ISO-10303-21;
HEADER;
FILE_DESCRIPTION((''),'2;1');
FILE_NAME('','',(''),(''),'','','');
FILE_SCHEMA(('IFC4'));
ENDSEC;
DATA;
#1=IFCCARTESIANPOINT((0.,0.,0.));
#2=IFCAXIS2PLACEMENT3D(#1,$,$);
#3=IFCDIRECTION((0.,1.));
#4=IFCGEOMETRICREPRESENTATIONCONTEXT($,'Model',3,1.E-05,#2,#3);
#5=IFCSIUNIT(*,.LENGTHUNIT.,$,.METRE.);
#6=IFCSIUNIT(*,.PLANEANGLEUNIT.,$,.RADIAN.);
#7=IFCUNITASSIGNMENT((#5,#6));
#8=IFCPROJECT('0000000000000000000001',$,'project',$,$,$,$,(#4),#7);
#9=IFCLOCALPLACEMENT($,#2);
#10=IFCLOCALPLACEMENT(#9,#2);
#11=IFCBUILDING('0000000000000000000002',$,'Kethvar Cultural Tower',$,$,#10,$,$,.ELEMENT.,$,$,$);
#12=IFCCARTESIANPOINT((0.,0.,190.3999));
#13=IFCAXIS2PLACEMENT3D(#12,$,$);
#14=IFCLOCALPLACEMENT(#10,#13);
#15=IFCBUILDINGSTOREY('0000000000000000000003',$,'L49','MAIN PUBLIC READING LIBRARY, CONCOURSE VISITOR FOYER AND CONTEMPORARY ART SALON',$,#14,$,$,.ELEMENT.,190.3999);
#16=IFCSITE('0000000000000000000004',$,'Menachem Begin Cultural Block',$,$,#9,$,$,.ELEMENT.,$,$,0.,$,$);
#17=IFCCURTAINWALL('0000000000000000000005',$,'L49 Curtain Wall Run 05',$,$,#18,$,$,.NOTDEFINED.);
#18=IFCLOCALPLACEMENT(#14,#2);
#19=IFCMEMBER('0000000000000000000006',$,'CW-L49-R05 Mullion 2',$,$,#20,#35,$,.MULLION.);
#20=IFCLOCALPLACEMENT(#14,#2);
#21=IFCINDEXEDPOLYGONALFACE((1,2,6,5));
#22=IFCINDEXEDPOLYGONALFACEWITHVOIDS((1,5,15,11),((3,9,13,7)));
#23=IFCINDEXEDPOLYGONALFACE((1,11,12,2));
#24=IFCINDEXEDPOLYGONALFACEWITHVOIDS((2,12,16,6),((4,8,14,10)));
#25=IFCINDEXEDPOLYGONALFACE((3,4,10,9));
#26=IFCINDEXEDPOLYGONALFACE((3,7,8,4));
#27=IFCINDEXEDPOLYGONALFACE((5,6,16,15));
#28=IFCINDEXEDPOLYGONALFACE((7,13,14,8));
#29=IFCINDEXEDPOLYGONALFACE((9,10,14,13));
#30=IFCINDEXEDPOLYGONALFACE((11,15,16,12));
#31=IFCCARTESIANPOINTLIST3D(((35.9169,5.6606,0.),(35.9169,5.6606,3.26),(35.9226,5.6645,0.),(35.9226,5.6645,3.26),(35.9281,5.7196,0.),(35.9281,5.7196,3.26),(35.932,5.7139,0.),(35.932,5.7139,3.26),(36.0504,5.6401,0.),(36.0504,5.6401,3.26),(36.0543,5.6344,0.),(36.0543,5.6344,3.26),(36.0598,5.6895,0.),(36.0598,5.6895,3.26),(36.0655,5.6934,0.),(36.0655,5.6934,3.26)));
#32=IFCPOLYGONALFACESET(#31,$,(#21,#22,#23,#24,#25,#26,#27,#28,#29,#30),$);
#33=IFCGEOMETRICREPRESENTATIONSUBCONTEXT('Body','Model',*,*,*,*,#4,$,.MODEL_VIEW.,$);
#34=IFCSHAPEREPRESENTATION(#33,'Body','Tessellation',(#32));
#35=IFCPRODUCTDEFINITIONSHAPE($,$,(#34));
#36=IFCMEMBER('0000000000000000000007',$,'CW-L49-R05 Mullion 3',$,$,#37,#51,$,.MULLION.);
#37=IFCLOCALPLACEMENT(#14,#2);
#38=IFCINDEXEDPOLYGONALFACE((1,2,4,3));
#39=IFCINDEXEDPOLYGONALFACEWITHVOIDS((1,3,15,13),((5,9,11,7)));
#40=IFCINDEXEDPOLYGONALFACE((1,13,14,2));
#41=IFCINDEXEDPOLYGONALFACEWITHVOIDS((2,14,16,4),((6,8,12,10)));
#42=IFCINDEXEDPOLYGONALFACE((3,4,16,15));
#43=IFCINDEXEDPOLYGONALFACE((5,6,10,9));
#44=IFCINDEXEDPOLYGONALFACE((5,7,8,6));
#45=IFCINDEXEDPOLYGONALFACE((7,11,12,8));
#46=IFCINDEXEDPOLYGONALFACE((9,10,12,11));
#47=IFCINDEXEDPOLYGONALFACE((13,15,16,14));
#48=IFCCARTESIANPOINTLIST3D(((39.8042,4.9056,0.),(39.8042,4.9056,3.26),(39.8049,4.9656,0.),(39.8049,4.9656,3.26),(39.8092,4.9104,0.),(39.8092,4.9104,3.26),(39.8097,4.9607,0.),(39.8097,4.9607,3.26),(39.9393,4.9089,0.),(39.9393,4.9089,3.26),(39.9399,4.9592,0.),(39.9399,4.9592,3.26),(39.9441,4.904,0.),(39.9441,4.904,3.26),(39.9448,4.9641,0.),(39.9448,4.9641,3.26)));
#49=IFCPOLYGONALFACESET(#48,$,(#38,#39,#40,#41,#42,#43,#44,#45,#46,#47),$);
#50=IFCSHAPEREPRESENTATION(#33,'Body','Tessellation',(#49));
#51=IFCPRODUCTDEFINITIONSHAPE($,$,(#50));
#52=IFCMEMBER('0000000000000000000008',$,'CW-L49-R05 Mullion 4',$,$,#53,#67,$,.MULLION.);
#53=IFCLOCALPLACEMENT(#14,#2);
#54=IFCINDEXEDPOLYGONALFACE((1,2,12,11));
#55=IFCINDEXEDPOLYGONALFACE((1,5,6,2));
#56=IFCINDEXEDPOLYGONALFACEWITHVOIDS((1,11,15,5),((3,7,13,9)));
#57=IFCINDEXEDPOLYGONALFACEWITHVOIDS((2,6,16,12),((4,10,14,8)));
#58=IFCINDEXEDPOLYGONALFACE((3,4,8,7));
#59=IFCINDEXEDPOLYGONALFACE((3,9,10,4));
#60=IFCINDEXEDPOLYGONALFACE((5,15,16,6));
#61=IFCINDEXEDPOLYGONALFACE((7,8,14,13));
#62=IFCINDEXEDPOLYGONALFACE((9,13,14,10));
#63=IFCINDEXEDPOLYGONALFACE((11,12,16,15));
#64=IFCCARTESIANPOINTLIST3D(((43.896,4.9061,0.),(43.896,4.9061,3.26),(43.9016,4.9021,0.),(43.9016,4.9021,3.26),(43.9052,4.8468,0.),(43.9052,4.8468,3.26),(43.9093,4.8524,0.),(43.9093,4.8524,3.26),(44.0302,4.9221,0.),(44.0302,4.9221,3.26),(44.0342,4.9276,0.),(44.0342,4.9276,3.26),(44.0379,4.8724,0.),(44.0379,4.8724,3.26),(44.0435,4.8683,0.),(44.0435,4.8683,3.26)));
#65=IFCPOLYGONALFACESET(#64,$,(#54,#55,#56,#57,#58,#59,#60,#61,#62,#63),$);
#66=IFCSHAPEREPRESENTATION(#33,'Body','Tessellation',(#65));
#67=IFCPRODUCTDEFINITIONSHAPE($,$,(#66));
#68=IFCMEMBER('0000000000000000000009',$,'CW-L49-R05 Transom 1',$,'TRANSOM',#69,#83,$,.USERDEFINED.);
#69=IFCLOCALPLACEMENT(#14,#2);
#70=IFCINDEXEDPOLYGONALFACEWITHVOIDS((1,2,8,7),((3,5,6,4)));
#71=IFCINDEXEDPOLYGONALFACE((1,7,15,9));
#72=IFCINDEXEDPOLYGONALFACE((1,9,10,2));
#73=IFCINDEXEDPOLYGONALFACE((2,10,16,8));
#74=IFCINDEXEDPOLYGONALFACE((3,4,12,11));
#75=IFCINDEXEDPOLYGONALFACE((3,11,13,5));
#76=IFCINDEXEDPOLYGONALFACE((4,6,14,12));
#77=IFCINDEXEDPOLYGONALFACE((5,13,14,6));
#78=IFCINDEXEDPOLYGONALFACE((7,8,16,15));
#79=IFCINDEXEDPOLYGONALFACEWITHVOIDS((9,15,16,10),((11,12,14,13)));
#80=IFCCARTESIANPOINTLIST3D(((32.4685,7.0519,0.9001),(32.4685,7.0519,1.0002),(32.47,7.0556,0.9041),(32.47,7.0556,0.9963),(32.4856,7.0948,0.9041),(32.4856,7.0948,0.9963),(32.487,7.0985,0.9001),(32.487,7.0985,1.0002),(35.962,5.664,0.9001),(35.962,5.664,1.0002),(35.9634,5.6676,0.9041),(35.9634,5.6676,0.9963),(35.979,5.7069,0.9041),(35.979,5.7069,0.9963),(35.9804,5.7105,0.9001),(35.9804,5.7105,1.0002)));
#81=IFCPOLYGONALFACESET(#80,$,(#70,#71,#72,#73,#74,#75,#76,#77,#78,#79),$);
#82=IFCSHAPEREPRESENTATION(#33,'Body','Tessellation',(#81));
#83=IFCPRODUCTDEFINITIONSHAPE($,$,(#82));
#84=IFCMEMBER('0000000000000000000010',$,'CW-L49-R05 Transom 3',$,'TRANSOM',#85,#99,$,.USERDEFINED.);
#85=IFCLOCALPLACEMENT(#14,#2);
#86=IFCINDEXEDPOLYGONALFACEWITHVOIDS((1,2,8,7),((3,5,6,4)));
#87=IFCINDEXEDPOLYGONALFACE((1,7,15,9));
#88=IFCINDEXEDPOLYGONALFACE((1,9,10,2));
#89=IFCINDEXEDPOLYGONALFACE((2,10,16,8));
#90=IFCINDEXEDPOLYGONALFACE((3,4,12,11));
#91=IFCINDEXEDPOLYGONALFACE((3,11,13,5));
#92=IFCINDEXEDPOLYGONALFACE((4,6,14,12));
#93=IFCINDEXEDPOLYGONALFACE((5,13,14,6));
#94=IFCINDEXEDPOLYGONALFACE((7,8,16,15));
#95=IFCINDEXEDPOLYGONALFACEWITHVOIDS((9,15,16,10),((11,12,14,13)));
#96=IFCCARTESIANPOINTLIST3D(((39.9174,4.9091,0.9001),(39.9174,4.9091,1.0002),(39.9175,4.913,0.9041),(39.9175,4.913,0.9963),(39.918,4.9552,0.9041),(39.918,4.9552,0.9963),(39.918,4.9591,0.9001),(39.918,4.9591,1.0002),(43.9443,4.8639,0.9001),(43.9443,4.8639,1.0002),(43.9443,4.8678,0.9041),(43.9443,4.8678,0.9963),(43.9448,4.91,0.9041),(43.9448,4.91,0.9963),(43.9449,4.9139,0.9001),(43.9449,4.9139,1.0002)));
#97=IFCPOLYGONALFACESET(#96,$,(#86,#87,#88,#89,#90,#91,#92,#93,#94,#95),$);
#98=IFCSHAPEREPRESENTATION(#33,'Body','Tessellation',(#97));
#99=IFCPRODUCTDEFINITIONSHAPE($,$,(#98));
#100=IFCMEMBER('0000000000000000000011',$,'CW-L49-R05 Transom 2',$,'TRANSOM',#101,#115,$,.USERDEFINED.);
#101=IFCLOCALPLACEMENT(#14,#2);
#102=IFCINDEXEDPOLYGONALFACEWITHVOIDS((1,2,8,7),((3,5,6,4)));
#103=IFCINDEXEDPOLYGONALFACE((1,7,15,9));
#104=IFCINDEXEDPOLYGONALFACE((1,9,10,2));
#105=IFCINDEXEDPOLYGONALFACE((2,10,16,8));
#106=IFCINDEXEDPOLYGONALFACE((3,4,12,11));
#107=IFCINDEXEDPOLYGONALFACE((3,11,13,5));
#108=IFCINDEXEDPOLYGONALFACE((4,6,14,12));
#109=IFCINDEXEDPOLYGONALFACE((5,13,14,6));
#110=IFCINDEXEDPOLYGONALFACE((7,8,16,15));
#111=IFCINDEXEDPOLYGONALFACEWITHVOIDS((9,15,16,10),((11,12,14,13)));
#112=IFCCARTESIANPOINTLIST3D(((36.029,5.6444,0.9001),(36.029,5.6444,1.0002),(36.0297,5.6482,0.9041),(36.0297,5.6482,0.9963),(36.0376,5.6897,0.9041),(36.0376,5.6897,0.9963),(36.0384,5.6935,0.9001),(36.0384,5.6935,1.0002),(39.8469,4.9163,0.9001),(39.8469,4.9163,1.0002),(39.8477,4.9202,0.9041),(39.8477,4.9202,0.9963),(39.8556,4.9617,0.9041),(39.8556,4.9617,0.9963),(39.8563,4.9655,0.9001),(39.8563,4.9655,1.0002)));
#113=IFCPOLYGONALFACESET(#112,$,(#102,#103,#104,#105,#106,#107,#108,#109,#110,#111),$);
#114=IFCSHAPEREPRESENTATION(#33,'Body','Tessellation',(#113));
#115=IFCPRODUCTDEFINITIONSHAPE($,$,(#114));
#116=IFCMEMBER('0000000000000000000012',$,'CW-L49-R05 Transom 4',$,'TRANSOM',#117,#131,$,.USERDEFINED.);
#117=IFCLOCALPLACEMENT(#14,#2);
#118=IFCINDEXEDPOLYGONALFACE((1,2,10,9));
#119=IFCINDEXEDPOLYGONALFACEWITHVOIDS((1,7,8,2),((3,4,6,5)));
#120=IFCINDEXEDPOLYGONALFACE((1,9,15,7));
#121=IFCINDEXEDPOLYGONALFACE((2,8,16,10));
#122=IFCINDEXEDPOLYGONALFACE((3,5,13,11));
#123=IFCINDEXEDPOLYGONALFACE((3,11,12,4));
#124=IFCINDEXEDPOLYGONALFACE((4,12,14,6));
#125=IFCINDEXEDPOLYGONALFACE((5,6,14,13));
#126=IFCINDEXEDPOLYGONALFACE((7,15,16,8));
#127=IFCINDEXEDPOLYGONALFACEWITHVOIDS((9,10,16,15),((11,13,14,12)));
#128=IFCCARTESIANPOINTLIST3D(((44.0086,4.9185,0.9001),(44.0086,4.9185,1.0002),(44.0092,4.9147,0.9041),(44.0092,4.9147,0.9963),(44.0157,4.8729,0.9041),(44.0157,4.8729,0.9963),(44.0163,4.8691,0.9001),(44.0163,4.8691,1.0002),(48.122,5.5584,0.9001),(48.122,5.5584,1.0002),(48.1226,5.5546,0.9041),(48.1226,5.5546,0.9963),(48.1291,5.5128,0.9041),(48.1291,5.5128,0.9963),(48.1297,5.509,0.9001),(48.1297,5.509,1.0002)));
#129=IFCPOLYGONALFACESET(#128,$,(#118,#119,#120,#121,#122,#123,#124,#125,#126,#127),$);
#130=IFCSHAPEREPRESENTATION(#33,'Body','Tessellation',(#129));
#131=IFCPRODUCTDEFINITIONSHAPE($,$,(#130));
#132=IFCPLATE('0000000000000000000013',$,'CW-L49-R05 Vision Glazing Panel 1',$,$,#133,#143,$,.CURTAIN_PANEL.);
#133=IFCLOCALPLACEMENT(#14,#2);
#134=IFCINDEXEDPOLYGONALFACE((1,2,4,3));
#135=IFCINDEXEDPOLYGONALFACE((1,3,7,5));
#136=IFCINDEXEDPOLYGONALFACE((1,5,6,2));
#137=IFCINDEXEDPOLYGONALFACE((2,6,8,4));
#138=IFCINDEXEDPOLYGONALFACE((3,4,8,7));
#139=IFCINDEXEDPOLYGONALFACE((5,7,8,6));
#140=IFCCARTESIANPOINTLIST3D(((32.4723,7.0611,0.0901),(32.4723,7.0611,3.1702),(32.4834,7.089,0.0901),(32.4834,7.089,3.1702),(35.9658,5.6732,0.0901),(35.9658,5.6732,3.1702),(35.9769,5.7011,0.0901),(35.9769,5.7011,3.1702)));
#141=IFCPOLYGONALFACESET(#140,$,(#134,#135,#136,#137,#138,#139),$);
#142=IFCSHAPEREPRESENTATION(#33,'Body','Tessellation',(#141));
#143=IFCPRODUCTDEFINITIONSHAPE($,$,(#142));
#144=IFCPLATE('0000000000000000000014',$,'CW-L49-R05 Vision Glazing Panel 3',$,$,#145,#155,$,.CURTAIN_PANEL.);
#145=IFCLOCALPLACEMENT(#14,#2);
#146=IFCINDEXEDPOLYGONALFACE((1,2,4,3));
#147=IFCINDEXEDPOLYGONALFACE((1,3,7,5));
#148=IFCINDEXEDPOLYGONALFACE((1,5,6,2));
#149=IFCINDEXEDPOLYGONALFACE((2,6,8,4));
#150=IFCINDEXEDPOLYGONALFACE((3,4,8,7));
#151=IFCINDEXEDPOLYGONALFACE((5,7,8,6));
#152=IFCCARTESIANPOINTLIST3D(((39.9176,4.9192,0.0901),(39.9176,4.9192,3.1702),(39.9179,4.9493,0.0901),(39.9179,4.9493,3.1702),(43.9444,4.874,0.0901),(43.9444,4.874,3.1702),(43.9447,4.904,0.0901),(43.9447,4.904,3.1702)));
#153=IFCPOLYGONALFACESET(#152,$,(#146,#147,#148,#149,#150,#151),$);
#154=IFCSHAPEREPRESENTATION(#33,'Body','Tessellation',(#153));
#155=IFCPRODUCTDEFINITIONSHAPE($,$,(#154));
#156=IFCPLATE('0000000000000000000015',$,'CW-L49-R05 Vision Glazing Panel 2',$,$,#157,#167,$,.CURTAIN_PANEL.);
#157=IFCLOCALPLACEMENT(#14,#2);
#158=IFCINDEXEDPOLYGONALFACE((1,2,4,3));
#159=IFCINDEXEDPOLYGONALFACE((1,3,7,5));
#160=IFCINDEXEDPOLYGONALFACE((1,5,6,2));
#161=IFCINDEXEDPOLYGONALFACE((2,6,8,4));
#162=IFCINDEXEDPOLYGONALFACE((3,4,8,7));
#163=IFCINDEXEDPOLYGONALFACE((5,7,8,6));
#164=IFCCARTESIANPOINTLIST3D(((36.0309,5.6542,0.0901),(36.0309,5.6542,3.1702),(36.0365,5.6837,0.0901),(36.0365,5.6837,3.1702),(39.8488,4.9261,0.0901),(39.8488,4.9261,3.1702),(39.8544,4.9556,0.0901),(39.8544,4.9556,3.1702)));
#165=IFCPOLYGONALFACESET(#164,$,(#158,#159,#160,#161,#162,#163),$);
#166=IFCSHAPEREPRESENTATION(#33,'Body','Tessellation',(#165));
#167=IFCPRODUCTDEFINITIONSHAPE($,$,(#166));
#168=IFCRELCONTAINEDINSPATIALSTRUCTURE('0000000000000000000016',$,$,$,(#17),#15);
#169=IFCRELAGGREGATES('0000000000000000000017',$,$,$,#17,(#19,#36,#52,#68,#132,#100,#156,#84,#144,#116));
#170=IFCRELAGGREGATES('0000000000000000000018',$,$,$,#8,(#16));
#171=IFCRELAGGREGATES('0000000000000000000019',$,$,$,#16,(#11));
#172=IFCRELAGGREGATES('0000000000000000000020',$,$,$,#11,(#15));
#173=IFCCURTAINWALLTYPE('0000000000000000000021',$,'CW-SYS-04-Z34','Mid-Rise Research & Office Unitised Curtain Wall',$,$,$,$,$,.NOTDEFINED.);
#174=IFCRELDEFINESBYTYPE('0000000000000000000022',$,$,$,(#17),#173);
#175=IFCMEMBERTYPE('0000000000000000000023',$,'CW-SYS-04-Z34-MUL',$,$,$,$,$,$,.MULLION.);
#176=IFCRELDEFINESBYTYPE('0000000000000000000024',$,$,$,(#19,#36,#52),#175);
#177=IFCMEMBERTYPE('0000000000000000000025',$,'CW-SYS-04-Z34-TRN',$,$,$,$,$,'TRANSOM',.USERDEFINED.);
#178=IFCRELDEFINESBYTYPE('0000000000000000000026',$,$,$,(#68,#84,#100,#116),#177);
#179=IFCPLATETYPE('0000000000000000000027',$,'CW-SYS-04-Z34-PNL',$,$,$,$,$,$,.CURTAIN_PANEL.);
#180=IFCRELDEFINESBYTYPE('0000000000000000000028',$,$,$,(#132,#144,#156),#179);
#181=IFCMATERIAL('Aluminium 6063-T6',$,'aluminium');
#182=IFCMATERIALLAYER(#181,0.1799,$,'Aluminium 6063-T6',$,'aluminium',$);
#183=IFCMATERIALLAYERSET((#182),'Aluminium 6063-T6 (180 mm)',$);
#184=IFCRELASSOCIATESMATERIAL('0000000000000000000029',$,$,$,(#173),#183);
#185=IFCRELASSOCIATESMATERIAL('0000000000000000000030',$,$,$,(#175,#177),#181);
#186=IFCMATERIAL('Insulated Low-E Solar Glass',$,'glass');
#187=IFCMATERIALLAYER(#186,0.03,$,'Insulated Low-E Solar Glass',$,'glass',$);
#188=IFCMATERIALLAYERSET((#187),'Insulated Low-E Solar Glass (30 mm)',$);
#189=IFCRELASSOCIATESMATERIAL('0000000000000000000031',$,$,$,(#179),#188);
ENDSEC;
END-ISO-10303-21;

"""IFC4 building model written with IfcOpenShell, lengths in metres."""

from ifc_helpers import new_model, si_unit, direction, frame, origin, origin_2d, place, context, subcontext, project, spatial, rectangle, hollow_rectangle, extrude, source, transform, mapped, material, layer, layer_set, material_profile, profile_set, type_object, element, aggregate, save


model = new_model("IFC4")

# Units and contexts
model_context = context("Model", 3, precision=1e-05, world=origin(), true_north=direction((0.0, 1.0)))
body_context = subcontext(model_context, "Body", "Model", "MODEL_VIEW")
ifc_project = project(units=[si_unit("LENGTHUNIT", "METRE"), si_unit("PLANEANGLEUNIT", "RADIAN")], contexts=[model_context])

# Site, building, storey
site_placement = place(None, origin())
site = spatial("IfcSite", under=ifc_project, at=site_placement, Name="Menachem Begin Cultural Block", CompositionType="ELEMENT", RefElevation=0.0)
building_placement = place(site_placement, origin())
building = spatial("IfcBuilding", under=site, at=building_placement, Name="Kethvar Cultural Tower", CompositionType="ELEMENT")
storey_placement = place(building_placement, frame((0.0, 0.0, 190.3999)))
storey = spatial("IfcBuildingStorey", under=building, at=storey_placement, Name="L49", Description="MAIN PUBLIC READING LIBRARY, CONCOURSE VISITOR FOYER AND CONTEMPORARY ART SALON", CompositionType="ELEMENT", Elevation=190.3999)

# Shared definitions
ifc_material_1 = material(Name="Aluminium 6063-T6", Category="aluminium")
ifc_layer_1 = layer(ifc_material_1, 0.1799, Name="Aluminium 6063-T6", Category="aluminium")
ifc_layer_set_1 = layer_set([ifc_layer_1], Name="Aluminium 6063-T6 (180 mm)")
curtain_wall_type = type_object("IfcCurtainWallType", Name="CW-SYS-04-Z34", Description="Mid-Rise Research & Office Unitised Curtain Wall", PredefinedType="NOTDEFINED", material=ifc_layer_set_1)
ifc_material_profile_1 = material_profile(ifc_material_1, hollow_rectangle(XDim=0.0601, YDim=0.1399, WallThickness=0.0049, at=origin_2d()), Name="Aluminium 6063-T6 — RHS140x60x5")
ifc_profile_set_1 = profile_set([ifc_material_profile_1], Name="Aluminium 6063-T6 — RHS140x60x5")
member_type_1 = type_object("IfcMemberType", Name="CW-SYS-04-Z34-MUL", PredefinedType="MULLION", material=ifc_profile_set_1)
shared_shape_1 = source(origin(), body_context, "Body", "SweptSolid", [
    extrude(hollow_rectangle(XDim=0.0601, YDim=0.1399, WallThickness=0.0049, at=origin_2d()), origin(), (0.0, 0.0, 1.0), 3.26),
])

# Curtain wall, members, plates
curtain_wall_1_placement = place(storey_placement, origin())
curtain_wall_1 = element("IfcCurtainWall", 1, at=curtain_wall_1_placement, inside=storey, type_object=curtain_wall_type, Name="L49 Curtain Wall Run 05", PredefinedType="NOTDEFINED")
member_1_placement = place(storey_placement, frame((35.9912, 5.677, 0.0), z_axis=(0.0, 0.0, 1.0), x_axis=(0.18733, 0.982297, 0.0)))
member_1 = element("IfcMember", 2, at=member_1_placement, type_object=member_type_1, Name="CW-L49-R05 Mullion 2", PredefinedType="MULLION", context=body_context, shape_type="MappedRepresentation", body=[
    mapped(shared_shape_1, transform((0.0, 0.0, 0.0), scale=1.0)),
])
member_2_placement = place(storey_placement, frame((39.8745, 4.9348, 0.0), z_axis=(0.0, 0.0, 1.0), x_axis=(0.01124, 0.999937, 0.0)))
member_2 = element("IfcMember", 3, at=member_2_placement, type_object=member_type_1, Name="CW-L49-R05 Mullion 3", PredefinedType="MULLION", context=body_context, shape_type="MappedRepresentation", body=[
    mapped(shared_shape_1, transform((0.0, 0.0, 0.0), scale=1.0)),
])
member_3_placement = place(storey_placement, frame((43.9697, 4.8872, 0.0), z_axis=(0.0, 0.0, 1.0), x_axis=(-0.153727, 0.988113, 0.0)))
member_3 = element("IfcMember", 4, at=member_3_placement, type_object=member_type_1, Name="CW-L49-R05 Mullion 4", PredefinedType="MULLION", context=body_context, shape_type="MappedRepresentation", body=[
    mapped(shared_shape_1, transform((0.0, 0.0, 0.0), scale=1.0)),
])
ifc_material_profile_2 = material_profile(ifc_material_1, hollow_rectangle(XDim=0.05, YDim=0.1001, WallThickness=0.0039, at=origin_2d()), Name="Aluminium 6063-T6 — RHS100x50x4")
ifc_profile_set_2 = profile_set([ifc_material_profile_2], Name="Aluminium 6063-T6 — RHS100x50x4")
member_type_2 = type_object("IfcMemberType", Name="CW-SYS-04-Z34-TRN", ElementType="TRANSOM", PredefinedType="USERDEFINED", material=ifc_profile_set_2)
shared_shape_2 = source(origin(), body_context, "Body", "SweptSolid", [
    extrude(hollow_rectangle(XDim=0.05, YDim=0.1001, WallThickness=0.0039, at=origin_2d()), origin(), (0.0, 0.0, 1.0), 3.759),
])
member_4_placement = place(storey_placement, frame((32.4778, 7.0752, 0.9502), z_axis=(0.929339, -0.369228, 0.0), x_axis=(0.369228, 0.929339, 0.0)))
member_4 = element("IfcMember", 5, at=member_4_placement, type_object=member_type_2, Name="CW-L49-R05 Transom 1", ObjectType="TRANSOM", PredefinedType="USERDEFINED", context=body_context, shape_type="MappedRepresentation", body=[
    mapped(shared_shape_2, transform((0.0, 0.0, 0.0), scale=1.0)),
])
shared_shape_3 = source(origin(), body_context, "Body", "SweptSolid", [
    extrude(hollow_rectangle(XDim=0.05, YDim=0.1001, WallThickness=0.0039, at=origin_2d()), origin(), (0.0, 0.0, 1.0), 4.0271),
])
member_5_placement = place(storey_placement, frame((39.9177, 4.9341, 0.9502), z_axis=(0.999937, -0.011215, 0.0), x_axis=(0.011215, 0.999937, 0.0)))
member_5 = element("IfcMember", 6, at=member_5_placement, type_object=member_type_2, Name="CW-L49-R05 Transom 3", ObjectType="TRANSOM", PredefinedType="USERDEFINED", context=body_context, shape_type="MappedRepresentation", body=[
    mapped(shared_shape_3, transform((0.0, 0.0, 0.0), scale=1.0)),
])
shared_shape_4 = source(origin(), body_context, "Body", "SweptSolid", [
    extrude(hollow_rectangle(XDim=0.05, YDim=0.1001, WallThickness=0.0039, at=origin_2d()), origin(), (0.0, 0.0, 1.0), 3.8867),
])
member_6_placement = place(storey_placement, frame((36.0337, 5.6689, 0.9502), z_axis=(0.9823, -0.187314, 0.0), x_axis=(0.187314, 0.9823, 0.0)))
member_6 = element("IfcMember", 7, at=member_6_placement, type_object=member_type_2, Name="CW-L49-R05 Transom 2", ObjectType="TRANSOM", PredefinedType="USERDEFINED", context=body_context, shape_type="MappedRepresentation", body=[
    mapped(shared_shape_4, transform((0.0, 0.0, 0.0), scale=1.0)),
])
shared_shape_5 = source(origin(), body_context, "Body", "SweptSolid", [
    extrude(hollow_rectangle(XDim=0.05, YDim=0.1001, WallThickness=0.0039, at=origin_2d()), origin(), (0.0, 0.0, 1.0), 4.1628),
])
member_7_placement = place(storey_placement, frame((44.0125, 4.8938, 0.9502), z_axis=(0.988115, 0.153718, 0.0), x_axis=(-0.153718, 0.988115, 0.0)))
member_7 = element("IfcMember", 8, at=member_7_placement, type_object=member_type_2, Name="CW-L49-R05 Transom 4", ObjectType="TRANSOM", PredefinedType="USERDEFINED", context=body_context, shape_type="MappedRepresentation", body=[
    mapped(shared_shape_5, transform((0.0, 0.0, 0.0), scale=1.0)),
])
ifc_material_2 = material(Name="Insulated Low-E Solar Glass", Category="glass")
ifc_layer_2 = layer(ifc_material_2, 0.03, Name="Insulated Low-E Solar Glass", Category="glass")
ifc_layer_set_2 = layer_set([ifc_layer_2], Name="Insulated Low-E Solar Glass (30 mm)")
plate_type = type_object("IfcPlateType", Name="CW-SYS-04-Z34-PNL", PredefinedType="CURTAIN_PANEL", material=ifc_layer_set_2)
shared_shape_6 = source(origin(), body_context, "Body", "SweptSolid", [
    extrude(rectangle(XDim=3.759, YDim=0.03, at=origin_2d()), origin(), (0.0, 0.0, 1.0), 3.0801),
])
plate_1_placement = place(storey_placement, frame((34.2246, 6.3811, 0.0901), z_axis=(0.0, 0.0, 1.0), x_axis=(0.929345, -0.369212, 0.0)))
plate_1 = element("IfcPlate", 9, at=plate_1_placement, type_object=plate_type, Name="CW-L49-R05 Vision Glazing Panel 1", PredefinedType="CURTAIN_PANEL", context=body_context, shape_type="MappedRepresentation", body=[
    mapped(shared_shape_6, transform((0.0, 0.0, 0.0), scale=1.0)),
])
shared_shape_7 = source(origin(), body_context, "Body", "SweptSolid", [
    extrude(rectangle(XDim=4.0271, YDim=0.03, at=origin_2d()), origin(), (0.0, 0.0, 1.0), 3.0801),
])
plate_2_placement = place(storey_placement, frame((41.9312, 4.9116, 0.0901), z_axis=(0.0, 0.0, 1.0), x_axis=(0.999937, -0.01124, 0.0)))
plate_2 = element("IfcPlate", 10, at=plate_2_placement, type_object=plate_type, Name="CW-L49-R05 Vision Glazing Panel 3", PredefinedType="CURTAIN_PANEL", context=body_context, shape_type="MappedRepresentation", body=[
    mapped(shared_shape_7, transform((0.0, 0.0, 0.0), scale=1.0)),
])
shared_shape_8 = source(origin(), body_context, "Body", "SweptSolid", [
    extrude(rectangle(XDim=3.8867, YDim=0.03, at=origin_2d()), origin(), (0.0, 0.0, 1.0), 3.0801),
])
plate_3_placement = place(storey_placement, frame((37.9426, 5.3049, 0.0901), z_axis=(0.0, 0.0, 1.0), x_axis=(0.982297, -0.18733, 0.0)))
plate_3 = element("IfcPlate", 11, at=plate_3_placement, type_object=plate_type, Name="CW-L49-R05 Vision Glazing Panel 2", PredefinedType="CURTAIN_PANEL", context=body_context, shape_type="MappedRepresentation", body=[
    mapped(shared_shape_8, transform((0.0, 0.0, 0.0), scale=1.0)),
])
aggregate(curtain_wall_1, [member_1, member_2, member_3, member_4, plate_1, member_6, plate_3, member_5, plate_2, member_7])

save(model, "model.ifc")
